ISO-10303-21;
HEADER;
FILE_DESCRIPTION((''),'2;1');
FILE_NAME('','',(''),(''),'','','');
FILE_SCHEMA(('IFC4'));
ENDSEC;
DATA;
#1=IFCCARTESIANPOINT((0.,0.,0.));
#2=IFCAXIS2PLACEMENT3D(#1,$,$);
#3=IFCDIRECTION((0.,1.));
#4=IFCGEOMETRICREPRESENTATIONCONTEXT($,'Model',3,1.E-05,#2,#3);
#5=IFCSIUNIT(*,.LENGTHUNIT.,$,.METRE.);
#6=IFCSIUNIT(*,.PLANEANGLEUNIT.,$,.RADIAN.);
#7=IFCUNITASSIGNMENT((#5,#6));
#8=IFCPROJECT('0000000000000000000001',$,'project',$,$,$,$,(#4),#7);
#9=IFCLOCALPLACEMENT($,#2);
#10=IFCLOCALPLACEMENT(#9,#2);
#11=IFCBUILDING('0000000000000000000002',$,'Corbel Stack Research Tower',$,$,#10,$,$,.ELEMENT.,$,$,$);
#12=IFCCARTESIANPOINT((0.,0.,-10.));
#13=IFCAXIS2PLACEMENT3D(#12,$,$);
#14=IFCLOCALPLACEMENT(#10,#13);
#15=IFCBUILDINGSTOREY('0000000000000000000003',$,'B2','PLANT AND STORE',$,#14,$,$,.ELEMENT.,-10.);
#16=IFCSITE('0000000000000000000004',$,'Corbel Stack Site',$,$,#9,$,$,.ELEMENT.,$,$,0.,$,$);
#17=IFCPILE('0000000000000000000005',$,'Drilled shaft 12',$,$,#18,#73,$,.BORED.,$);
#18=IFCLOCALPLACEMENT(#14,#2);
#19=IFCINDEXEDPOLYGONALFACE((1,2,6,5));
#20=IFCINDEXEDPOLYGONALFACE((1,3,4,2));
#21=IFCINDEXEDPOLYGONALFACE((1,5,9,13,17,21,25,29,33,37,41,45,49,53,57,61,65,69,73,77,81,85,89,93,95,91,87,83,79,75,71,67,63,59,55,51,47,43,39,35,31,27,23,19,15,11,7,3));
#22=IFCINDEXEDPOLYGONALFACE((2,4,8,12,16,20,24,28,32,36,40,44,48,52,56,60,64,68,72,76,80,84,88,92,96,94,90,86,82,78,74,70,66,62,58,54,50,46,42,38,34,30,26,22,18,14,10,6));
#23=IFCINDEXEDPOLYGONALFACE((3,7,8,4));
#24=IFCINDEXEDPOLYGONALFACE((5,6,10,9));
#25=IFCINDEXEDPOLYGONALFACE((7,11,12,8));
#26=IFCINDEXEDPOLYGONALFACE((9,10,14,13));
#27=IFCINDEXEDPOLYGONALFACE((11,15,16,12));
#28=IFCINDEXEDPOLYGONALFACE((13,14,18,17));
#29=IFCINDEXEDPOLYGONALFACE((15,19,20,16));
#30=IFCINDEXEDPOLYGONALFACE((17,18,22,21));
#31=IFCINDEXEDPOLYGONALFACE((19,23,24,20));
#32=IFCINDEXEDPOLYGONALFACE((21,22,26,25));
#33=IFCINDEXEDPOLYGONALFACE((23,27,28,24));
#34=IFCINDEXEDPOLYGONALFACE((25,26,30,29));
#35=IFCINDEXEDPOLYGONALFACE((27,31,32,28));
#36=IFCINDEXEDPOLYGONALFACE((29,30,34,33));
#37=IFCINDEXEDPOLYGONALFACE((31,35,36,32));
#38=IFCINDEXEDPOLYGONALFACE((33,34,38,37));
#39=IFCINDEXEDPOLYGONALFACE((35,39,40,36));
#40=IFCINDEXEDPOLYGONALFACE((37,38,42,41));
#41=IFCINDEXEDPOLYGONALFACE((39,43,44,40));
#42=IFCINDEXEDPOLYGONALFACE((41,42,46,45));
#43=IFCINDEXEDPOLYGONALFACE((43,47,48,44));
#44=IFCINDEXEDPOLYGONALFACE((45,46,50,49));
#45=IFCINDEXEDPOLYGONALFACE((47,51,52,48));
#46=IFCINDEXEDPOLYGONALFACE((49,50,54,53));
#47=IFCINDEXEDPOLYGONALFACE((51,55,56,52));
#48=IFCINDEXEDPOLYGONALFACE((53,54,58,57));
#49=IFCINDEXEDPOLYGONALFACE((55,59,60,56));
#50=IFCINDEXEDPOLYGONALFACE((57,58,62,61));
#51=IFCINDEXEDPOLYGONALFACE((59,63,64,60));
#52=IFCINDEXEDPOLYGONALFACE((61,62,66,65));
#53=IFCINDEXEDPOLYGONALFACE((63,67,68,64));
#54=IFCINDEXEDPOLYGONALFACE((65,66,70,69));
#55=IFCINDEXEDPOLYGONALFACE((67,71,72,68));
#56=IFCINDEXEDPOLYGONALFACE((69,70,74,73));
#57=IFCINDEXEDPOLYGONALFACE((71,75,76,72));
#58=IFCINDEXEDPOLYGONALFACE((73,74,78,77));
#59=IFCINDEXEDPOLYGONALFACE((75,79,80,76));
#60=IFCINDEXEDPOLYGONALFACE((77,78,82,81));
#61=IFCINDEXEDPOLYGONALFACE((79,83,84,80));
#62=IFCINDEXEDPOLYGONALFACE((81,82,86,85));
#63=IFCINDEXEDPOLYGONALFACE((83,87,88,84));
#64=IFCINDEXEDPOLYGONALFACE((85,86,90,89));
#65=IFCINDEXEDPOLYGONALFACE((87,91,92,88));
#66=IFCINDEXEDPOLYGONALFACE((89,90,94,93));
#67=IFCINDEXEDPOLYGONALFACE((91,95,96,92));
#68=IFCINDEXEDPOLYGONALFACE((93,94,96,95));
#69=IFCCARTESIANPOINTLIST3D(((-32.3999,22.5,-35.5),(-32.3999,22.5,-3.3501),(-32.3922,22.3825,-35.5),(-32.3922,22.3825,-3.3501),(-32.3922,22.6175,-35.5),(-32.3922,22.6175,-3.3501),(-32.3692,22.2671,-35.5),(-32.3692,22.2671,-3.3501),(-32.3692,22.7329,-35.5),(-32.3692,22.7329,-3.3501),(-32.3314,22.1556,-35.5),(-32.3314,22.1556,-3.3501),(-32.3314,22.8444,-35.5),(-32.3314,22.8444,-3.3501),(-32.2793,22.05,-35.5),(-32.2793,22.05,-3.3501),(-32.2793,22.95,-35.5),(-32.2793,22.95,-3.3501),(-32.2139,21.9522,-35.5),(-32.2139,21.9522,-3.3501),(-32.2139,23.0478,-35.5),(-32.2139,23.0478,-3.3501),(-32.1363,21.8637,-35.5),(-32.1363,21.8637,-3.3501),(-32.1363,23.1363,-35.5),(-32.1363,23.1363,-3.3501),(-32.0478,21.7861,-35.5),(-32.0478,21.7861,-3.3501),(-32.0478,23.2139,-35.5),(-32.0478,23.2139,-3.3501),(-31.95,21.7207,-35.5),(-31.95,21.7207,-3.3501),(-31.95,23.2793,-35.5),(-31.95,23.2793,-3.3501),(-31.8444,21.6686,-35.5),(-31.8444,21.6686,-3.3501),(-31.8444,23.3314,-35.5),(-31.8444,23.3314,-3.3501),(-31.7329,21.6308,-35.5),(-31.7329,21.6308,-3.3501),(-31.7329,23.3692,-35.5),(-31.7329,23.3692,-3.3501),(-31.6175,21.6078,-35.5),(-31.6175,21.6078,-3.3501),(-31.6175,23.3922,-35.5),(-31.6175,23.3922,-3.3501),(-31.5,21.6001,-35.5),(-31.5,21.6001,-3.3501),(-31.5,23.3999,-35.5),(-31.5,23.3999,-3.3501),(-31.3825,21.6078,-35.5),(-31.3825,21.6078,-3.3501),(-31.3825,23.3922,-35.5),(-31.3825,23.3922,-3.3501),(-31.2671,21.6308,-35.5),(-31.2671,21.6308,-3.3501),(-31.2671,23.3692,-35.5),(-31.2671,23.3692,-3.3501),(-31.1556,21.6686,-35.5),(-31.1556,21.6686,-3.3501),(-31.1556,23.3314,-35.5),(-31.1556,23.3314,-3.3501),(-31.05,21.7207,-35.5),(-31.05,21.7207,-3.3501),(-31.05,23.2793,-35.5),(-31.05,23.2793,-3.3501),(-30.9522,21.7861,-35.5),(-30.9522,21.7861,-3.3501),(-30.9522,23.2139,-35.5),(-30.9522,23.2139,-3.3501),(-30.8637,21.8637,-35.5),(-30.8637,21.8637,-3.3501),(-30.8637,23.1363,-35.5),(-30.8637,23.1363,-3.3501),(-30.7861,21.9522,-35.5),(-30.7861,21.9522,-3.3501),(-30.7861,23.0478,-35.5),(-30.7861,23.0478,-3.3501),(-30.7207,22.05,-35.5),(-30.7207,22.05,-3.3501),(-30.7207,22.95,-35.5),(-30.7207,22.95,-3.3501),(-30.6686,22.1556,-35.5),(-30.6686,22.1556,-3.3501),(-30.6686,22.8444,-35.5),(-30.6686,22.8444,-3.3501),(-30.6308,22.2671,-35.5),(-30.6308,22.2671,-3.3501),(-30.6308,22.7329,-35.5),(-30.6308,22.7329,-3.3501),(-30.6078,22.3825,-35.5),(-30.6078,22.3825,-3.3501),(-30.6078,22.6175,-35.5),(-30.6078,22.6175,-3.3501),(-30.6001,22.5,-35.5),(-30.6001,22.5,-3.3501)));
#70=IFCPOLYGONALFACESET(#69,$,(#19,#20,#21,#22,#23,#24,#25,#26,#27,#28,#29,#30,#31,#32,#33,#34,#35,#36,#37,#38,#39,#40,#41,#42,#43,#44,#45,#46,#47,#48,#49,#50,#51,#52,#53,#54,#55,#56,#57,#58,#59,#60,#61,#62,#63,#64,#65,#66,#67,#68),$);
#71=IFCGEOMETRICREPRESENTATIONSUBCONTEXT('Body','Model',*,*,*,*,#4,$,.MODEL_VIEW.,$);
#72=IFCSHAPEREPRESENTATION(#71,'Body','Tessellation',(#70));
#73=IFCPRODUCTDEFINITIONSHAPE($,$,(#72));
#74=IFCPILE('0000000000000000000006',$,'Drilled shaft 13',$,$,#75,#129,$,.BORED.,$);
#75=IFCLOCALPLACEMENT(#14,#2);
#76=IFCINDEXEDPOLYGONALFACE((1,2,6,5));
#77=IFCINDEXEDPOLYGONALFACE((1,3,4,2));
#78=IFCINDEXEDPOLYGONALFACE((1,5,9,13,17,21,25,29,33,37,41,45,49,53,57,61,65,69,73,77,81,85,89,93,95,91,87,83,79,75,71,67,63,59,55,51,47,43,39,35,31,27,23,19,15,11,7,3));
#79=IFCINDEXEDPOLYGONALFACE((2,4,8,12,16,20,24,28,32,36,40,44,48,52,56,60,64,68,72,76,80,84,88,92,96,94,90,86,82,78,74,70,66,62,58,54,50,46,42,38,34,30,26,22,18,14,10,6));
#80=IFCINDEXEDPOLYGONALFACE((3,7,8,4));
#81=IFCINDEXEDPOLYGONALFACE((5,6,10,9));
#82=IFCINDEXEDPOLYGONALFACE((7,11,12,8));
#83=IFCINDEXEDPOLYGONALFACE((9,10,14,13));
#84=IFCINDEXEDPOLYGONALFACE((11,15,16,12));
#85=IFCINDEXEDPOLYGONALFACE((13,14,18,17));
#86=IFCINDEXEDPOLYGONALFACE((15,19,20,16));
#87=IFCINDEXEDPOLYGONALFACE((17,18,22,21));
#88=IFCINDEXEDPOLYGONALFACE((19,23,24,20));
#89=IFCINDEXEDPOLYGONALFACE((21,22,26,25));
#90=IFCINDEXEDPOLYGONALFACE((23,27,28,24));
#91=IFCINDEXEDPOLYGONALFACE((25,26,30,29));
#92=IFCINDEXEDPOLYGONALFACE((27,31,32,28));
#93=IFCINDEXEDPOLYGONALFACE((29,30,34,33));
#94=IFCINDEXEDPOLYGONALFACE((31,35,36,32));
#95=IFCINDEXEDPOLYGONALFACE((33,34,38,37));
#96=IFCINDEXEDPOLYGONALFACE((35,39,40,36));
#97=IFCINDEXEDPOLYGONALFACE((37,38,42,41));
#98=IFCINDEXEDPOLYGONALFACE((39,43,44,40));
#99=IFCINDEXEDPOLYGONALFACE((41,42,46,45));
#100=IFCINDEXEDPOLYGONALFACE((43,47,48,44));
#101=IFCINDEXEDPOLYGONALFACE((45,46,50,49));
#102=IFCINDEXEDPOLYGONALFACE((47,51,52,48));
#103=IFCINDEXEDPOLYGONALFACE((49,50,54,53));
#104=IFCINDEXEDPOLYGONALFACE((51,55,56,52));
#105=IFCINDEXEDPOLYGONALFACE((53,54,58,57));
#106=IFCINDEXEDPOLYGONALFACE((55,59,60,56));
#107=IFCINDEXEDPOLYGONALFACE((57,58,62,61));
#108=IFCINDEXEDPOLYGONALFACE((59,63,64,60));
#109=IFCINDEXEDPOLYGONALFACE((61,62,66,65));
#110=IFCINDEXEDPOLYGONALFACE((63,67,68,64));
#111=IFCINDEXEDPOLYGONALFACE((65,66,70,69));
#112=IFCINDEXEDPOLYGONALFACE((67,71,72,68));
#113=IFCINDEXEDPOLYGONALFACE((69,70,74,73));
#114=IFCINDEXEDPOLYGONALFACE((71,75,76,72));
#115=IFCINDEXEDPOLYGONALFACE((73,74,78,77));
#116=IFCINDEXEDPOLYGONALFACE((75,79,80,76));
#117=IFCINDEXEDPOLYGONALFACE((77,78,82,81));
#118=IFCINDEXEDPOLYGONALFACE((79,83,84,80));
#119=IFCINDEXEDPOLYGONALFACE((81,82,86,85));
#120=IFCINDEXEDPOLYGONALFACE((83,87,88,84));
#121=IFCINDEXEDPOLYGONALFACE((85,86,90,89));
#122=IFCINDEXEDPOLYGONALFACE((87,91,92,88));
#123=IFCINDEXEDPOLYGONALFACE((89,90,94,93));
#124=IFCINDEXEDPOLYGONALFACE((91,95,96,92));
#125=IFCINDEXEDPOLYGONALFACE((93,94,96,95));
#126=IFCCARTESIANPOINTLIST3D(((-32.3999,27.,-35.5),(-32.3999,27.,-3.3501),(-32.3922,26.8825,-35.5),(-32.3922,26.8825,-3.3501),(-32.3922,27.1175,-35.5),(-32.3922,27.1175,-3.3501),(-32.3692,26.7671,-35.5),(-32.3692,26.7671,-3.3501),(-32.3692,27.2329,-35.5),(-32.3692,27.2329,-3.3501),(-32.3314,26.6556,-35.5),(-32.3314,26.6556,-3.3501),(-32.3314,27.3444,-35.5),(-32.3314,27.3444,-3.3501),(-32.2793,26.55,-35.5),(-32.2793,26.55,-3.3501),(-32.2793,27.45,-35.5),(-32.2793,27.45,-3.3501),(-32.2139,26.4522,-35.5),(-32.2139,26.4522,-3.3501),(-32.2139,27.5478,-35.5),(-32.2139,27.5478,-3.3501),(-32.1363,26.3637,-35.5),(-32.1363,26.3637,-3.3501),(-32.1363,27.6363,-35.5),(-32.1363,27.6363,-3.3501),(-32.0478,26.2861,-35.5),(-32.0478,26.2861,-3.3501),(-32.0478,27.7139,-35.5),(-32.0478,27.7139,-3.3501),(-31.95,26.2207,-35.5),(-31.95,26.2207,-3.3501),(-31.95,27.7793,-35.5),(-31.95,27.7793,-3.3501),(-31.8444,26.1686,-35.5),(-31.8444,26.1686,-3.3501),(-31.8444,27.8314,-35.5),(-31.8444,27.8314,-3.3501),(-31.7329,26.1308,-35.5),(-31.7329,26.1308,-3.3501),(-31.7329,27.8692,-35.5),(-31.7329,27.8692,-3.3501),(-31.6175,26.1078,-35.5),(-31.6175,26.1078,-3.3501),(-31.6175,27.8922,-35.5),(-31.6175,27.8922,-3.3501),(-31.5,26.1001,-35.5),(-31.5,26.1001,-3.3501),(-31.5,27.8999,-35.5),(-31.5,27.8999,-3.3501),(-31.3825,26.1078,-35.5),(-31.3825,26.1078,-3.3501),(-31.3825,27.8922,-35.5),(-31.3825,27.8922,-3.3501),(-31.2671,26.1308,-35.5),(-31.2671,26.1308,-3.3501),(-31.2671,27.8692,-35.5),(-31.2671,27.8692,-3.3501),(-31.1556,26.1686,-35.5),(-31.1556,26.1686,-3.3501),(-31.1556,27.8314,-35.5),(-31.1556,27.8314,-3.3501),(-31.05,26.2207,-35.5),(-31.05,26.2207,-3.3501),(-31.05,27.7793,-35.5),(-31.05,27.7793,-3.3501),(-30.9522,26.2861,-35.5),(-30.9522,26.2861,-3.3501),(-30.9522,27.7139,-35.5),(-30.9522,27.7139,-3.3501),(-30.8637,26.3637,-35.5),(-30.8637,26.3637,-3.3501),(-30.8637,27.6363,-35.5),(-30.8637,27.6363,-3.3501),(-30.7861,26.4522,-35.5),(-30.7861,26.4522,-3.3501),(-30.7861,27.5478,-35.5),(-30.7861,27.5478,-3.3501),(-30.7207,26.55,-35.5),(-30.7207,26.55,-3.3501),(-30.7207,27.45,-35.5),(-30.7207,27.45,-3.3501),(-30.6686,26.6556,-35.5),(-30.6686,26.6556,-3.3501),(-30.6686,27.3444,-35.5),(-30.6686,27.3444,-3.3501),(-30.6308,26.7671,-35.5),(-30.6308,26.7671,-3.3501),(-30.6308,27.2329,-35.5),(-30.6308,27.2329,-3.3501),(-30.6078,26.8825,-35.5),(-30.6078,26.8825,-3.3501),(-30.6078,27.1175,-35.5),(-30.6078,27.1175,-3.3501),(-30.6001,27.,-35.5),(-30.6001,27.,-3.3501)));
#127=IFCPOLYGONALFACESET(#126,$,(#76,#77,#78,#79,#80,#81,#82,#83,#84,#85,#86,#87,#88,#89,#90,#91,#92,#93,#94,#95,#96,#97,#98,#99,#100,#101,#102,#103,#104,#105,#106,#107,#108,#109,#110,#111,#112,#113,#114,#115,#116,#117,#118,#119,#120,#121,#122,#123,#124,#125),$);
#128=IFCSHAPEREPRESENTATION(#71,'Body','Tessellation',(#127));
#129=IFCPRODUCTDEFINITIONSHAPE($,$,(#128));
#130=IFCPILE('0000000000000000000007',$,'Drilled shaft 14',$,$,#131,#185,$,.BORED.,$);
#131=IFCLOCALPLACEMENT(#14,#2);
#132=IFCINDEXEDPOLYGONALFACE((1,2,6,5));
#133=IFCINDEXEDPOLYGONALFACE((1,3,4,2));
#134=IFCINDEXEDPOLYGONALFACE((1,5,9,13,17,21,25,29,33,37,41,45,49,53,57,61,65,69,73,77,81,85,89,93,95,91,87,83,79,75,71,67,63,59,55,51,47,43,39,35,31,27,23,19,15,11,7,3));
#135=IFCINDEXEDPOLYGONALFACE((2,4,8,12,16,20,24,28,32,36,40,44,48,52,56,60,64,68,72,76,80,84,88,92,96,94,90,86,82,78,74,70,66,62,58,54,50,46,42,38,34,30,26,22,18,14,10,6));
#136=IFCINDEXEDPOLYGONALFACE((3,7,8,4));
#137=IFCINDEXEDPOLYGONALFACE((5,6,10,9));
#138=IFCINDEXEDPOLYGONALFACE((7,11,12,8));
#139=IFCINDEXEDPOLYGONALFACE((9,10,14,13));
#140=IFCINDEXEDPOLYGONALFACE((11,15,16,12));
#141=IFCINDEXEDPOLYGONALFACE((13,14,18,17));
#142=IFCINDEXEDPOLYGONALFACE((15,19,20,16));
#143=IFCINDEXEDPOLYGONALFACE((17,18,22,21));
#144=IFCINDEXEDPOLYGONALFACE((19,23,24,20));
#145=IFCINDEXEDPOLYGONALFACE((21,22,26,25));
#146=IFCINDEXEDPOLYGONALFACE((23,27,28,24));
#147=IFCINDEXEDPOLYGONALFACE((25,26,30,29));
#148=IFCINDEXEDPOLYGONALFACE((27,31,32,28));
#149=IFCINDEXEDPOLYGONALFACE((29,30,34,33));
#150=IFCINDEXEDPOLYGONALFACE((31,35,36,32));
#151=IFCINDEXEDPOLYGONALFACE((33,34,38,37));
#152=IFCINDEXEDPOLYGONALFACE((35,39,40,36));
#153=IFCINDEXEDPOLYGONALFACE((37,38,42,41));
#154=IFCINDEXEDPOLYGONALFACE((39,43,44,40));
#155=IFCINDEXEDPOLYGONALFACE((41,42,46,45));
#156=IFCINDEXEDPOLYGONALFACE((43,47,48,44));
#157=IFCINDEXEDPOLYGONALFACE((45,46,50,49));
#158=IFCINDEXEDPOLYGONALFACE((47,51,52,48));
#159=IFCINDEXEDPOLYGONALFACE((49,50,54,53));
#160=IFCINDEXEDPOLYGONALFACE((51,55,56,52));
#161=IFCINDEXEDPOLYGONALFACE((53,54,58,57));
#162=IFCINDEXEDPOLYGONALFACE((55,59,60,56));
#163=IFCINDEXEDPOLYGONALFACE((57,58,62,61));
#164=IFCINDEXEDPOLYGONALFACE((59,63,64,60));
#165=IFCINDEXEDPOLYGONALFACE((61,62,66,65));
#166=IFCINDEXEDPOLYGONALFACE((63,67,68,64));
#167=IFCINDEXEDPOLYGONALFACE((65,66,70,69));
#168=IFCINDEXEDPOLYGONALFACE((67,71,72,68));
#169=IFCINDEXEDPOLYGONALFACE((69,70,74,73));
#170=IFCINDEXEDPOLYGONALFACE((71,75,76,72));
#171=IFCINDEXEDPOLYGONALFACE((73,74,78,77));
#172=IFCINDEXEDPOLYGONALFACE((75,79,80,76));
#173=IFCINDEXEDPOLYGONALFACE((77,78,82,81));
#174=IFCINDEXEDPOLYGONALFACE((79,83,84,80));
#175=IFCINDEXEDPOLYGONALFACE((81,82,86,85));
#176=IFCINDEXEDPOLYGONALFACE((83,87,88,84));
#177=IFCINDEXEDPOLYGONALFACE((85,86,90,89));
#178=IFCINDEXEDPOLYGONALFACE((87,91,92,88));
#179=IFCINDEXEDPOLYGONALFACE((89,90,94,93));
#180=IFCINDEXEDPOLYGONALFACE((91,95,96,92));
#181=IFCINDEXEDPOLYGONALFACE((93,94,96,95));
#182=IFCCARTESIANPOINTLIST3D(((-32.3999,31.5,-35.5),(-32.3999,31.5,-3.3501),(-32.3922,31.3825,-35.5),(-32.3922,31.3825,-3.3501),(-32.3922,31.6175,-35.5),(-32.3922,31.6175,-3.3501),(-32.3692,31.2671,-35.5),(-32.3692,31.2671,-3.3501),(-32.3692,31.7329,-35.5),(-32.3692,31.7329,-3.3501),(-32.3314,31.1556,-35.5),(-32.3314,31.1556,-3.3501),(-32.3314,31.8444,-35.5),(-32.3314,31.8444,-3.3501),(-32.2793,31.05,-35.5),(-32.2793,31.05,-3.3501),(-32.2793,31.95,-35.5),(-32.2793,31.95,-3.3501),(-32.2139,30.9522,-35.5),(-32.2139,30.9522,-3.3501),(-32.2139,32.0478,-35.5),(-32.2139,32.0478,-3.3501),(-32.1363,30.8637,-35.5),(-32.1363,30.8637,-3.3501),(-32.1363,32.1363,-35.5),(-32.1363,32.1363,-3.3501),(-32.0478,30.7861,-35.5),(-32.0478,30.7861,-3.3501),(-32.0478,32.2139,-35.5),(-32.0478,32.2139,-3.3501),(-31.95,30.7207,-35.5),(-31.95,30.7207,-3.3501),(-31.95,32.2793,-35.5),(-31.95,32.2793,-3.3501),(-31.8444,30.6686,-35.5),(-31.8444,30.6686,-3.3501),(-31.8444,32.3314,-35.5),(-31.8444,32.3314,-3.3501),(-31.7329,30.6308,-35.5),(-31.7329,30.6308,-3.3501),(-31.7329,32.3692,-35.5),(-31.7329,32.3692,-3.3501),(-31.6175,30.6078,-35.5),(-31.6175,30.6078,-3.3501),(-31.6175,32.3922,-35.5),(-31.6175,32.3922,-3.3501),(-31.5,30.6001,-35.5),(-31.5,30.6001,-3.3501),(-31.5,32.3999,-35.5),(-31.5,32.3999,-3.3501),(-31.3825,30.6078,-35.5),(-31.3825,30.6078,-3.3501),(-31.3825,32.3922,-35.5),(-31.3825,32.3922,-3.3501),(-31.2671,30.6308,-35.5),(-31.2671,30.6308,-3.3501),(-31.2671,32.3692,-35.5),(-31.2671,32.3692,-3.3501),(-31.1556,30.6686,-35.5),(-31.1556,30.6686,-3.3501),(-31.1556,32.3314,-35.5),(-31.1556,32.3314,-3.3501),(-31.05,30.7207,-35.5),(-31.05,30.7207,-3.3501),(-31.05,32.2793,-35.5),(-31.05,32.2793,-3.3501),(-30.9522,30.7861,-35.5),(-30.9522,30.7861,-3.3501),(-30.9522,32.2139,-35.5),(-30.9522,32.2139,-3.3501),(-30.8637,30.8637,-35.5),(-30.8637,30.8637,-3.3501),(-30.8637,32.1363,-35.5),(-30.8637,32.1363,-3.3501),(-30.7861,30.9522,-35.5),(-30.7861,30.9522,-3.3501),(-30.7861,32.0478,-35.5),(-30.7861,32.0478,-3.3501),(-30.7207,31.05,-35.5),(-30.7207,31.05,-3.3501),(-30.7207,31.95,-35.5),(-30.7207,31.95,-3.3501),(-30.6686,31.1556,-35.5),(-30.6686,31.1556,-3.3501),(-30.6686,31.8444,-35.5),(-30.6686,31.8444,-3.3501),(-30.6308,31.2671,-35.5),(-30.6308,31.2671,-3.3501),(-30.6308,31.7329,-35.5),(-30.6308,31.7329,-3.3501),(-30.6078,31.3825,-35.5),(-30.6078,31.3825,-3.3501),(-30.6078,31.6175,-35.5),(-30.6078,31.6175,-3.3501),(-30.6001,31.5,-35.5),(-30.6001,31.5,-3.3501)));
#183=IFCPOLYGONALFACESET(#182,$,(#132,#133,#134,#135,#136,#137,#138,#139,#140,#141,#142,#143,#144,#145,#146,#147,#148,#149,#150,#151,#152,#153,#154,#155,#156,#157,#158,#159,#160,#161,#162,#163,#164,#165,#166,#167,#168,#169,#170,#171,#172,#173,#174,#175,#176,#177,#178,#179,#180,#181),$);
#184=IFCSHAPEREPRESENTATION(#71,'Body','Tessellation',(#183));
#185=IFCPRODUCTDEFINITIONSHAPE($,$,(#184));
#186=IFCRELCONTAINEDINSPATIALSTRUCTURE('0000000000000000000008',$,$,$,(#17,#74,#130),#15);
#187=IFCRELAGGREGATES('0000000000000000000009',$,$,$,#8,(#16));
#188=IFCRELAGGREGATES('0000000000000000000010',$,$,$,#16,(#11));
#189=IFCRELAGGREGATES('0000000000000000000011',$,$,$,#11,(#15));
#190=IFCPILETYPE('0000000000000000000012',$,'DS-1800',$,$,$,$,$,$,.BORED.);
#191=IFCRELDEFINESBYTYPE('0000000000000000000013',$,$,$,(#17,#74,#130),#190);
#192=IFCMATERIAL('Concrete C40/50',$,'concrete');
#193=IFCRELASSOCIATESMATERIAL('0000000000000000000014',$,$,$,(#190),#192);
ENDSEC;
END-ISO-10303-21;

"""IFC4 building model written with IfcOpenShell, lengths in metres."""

from ifc_helpers import new_model, si_unit, direction, frame, origin, origin_2d, place, context, subcontext, project, spatial, circle, extrude, material, material_profile, profile_set, type_object, element, save


model = new_model("IFC4")

# Units and contexts
model_context = context("Model", 3, precision=1e-05, world=origin(), true_north=direction((0.0, 1.0)))
body_context = subcontext(model_context, "Body", "Model", "MODEL_VIEW")
ifc_project = project(units=[si_unit("LENGTHUNIT", "METRE"), si_unit("PLANEANGLEUNIT", "RADIAN")], contexts=[model_context])

# Site, building, storey
site_placement = place(None, origin())
site = spatial("IfcSite", under=ifc_project, at=site_placement, Name="Corbel Stack Site", CompositionType="ELEMENT", RefElevation=0.0)
building_placement = place(site_placement, origin())
building = spatial("IfcBuilding", under=site, at=building_placement, Name="Corbel Stack Research Tower", CompositionType="ELEMENT")
storey_placement = place(building_placement, frame((0.0, 0.0, -10.0)))
storey = spatial("IfcBuildingStorey", under=building, at=storey_placement, Name="B2", Description="PLANT AND STORE", CompositionType="ELEMENT", Elevation=-10.0)

# Piles
ifc_material_1 = material(Name="Concrete C40/50", Category="concrete")
ifc_material_profile_1 = material_profile(ifc_material_1, circle(Radius=0.8999, at=origin_2d()), Name="Shaft 1800")
ifc_profile_set_1 = profile_set([ifc_material_profile_1], Name="Concrete C40/50")
pile_type = type_object("IfcPileType", Name="DS-1800", PredefinedType="BORED", material=ifc_profile_set_1)
for number, where, z_axis, x_axis, name in (
    (1, (-31.5, 22.5, -3.3501), (0.0, 0.0, -1.0), (1.0, 0.0, 0.0), "Drilled shaft 12"),
    (2, (-31.5, 27.0, -3.3501), (0.0, 0.0, -1.0), (1.0, 0.0, 0.0), "Drilled shaft 13"),
    (3, (-31.5, 31.5, -3.3501), (0.0, 0.0, -1.0), (1.0, 0.0, 0.0), "Drilled shaft 14"),
):
    element("IfcPile", number, at=place(storey_placement, frame(where, z_axis=z_axis, x_axis=x_axis)), inside=storey, type_object=pile_type, Name=name, PredefinedType="BORED", context=body_context, shape_type="SweptSolid", body=[
        extrude(circle(Radius=0.8999, at=origin_2d()), origin(), (0.0, 0.0, 1.0), 32.1499),
    ])

save(model, "model.ifc")
